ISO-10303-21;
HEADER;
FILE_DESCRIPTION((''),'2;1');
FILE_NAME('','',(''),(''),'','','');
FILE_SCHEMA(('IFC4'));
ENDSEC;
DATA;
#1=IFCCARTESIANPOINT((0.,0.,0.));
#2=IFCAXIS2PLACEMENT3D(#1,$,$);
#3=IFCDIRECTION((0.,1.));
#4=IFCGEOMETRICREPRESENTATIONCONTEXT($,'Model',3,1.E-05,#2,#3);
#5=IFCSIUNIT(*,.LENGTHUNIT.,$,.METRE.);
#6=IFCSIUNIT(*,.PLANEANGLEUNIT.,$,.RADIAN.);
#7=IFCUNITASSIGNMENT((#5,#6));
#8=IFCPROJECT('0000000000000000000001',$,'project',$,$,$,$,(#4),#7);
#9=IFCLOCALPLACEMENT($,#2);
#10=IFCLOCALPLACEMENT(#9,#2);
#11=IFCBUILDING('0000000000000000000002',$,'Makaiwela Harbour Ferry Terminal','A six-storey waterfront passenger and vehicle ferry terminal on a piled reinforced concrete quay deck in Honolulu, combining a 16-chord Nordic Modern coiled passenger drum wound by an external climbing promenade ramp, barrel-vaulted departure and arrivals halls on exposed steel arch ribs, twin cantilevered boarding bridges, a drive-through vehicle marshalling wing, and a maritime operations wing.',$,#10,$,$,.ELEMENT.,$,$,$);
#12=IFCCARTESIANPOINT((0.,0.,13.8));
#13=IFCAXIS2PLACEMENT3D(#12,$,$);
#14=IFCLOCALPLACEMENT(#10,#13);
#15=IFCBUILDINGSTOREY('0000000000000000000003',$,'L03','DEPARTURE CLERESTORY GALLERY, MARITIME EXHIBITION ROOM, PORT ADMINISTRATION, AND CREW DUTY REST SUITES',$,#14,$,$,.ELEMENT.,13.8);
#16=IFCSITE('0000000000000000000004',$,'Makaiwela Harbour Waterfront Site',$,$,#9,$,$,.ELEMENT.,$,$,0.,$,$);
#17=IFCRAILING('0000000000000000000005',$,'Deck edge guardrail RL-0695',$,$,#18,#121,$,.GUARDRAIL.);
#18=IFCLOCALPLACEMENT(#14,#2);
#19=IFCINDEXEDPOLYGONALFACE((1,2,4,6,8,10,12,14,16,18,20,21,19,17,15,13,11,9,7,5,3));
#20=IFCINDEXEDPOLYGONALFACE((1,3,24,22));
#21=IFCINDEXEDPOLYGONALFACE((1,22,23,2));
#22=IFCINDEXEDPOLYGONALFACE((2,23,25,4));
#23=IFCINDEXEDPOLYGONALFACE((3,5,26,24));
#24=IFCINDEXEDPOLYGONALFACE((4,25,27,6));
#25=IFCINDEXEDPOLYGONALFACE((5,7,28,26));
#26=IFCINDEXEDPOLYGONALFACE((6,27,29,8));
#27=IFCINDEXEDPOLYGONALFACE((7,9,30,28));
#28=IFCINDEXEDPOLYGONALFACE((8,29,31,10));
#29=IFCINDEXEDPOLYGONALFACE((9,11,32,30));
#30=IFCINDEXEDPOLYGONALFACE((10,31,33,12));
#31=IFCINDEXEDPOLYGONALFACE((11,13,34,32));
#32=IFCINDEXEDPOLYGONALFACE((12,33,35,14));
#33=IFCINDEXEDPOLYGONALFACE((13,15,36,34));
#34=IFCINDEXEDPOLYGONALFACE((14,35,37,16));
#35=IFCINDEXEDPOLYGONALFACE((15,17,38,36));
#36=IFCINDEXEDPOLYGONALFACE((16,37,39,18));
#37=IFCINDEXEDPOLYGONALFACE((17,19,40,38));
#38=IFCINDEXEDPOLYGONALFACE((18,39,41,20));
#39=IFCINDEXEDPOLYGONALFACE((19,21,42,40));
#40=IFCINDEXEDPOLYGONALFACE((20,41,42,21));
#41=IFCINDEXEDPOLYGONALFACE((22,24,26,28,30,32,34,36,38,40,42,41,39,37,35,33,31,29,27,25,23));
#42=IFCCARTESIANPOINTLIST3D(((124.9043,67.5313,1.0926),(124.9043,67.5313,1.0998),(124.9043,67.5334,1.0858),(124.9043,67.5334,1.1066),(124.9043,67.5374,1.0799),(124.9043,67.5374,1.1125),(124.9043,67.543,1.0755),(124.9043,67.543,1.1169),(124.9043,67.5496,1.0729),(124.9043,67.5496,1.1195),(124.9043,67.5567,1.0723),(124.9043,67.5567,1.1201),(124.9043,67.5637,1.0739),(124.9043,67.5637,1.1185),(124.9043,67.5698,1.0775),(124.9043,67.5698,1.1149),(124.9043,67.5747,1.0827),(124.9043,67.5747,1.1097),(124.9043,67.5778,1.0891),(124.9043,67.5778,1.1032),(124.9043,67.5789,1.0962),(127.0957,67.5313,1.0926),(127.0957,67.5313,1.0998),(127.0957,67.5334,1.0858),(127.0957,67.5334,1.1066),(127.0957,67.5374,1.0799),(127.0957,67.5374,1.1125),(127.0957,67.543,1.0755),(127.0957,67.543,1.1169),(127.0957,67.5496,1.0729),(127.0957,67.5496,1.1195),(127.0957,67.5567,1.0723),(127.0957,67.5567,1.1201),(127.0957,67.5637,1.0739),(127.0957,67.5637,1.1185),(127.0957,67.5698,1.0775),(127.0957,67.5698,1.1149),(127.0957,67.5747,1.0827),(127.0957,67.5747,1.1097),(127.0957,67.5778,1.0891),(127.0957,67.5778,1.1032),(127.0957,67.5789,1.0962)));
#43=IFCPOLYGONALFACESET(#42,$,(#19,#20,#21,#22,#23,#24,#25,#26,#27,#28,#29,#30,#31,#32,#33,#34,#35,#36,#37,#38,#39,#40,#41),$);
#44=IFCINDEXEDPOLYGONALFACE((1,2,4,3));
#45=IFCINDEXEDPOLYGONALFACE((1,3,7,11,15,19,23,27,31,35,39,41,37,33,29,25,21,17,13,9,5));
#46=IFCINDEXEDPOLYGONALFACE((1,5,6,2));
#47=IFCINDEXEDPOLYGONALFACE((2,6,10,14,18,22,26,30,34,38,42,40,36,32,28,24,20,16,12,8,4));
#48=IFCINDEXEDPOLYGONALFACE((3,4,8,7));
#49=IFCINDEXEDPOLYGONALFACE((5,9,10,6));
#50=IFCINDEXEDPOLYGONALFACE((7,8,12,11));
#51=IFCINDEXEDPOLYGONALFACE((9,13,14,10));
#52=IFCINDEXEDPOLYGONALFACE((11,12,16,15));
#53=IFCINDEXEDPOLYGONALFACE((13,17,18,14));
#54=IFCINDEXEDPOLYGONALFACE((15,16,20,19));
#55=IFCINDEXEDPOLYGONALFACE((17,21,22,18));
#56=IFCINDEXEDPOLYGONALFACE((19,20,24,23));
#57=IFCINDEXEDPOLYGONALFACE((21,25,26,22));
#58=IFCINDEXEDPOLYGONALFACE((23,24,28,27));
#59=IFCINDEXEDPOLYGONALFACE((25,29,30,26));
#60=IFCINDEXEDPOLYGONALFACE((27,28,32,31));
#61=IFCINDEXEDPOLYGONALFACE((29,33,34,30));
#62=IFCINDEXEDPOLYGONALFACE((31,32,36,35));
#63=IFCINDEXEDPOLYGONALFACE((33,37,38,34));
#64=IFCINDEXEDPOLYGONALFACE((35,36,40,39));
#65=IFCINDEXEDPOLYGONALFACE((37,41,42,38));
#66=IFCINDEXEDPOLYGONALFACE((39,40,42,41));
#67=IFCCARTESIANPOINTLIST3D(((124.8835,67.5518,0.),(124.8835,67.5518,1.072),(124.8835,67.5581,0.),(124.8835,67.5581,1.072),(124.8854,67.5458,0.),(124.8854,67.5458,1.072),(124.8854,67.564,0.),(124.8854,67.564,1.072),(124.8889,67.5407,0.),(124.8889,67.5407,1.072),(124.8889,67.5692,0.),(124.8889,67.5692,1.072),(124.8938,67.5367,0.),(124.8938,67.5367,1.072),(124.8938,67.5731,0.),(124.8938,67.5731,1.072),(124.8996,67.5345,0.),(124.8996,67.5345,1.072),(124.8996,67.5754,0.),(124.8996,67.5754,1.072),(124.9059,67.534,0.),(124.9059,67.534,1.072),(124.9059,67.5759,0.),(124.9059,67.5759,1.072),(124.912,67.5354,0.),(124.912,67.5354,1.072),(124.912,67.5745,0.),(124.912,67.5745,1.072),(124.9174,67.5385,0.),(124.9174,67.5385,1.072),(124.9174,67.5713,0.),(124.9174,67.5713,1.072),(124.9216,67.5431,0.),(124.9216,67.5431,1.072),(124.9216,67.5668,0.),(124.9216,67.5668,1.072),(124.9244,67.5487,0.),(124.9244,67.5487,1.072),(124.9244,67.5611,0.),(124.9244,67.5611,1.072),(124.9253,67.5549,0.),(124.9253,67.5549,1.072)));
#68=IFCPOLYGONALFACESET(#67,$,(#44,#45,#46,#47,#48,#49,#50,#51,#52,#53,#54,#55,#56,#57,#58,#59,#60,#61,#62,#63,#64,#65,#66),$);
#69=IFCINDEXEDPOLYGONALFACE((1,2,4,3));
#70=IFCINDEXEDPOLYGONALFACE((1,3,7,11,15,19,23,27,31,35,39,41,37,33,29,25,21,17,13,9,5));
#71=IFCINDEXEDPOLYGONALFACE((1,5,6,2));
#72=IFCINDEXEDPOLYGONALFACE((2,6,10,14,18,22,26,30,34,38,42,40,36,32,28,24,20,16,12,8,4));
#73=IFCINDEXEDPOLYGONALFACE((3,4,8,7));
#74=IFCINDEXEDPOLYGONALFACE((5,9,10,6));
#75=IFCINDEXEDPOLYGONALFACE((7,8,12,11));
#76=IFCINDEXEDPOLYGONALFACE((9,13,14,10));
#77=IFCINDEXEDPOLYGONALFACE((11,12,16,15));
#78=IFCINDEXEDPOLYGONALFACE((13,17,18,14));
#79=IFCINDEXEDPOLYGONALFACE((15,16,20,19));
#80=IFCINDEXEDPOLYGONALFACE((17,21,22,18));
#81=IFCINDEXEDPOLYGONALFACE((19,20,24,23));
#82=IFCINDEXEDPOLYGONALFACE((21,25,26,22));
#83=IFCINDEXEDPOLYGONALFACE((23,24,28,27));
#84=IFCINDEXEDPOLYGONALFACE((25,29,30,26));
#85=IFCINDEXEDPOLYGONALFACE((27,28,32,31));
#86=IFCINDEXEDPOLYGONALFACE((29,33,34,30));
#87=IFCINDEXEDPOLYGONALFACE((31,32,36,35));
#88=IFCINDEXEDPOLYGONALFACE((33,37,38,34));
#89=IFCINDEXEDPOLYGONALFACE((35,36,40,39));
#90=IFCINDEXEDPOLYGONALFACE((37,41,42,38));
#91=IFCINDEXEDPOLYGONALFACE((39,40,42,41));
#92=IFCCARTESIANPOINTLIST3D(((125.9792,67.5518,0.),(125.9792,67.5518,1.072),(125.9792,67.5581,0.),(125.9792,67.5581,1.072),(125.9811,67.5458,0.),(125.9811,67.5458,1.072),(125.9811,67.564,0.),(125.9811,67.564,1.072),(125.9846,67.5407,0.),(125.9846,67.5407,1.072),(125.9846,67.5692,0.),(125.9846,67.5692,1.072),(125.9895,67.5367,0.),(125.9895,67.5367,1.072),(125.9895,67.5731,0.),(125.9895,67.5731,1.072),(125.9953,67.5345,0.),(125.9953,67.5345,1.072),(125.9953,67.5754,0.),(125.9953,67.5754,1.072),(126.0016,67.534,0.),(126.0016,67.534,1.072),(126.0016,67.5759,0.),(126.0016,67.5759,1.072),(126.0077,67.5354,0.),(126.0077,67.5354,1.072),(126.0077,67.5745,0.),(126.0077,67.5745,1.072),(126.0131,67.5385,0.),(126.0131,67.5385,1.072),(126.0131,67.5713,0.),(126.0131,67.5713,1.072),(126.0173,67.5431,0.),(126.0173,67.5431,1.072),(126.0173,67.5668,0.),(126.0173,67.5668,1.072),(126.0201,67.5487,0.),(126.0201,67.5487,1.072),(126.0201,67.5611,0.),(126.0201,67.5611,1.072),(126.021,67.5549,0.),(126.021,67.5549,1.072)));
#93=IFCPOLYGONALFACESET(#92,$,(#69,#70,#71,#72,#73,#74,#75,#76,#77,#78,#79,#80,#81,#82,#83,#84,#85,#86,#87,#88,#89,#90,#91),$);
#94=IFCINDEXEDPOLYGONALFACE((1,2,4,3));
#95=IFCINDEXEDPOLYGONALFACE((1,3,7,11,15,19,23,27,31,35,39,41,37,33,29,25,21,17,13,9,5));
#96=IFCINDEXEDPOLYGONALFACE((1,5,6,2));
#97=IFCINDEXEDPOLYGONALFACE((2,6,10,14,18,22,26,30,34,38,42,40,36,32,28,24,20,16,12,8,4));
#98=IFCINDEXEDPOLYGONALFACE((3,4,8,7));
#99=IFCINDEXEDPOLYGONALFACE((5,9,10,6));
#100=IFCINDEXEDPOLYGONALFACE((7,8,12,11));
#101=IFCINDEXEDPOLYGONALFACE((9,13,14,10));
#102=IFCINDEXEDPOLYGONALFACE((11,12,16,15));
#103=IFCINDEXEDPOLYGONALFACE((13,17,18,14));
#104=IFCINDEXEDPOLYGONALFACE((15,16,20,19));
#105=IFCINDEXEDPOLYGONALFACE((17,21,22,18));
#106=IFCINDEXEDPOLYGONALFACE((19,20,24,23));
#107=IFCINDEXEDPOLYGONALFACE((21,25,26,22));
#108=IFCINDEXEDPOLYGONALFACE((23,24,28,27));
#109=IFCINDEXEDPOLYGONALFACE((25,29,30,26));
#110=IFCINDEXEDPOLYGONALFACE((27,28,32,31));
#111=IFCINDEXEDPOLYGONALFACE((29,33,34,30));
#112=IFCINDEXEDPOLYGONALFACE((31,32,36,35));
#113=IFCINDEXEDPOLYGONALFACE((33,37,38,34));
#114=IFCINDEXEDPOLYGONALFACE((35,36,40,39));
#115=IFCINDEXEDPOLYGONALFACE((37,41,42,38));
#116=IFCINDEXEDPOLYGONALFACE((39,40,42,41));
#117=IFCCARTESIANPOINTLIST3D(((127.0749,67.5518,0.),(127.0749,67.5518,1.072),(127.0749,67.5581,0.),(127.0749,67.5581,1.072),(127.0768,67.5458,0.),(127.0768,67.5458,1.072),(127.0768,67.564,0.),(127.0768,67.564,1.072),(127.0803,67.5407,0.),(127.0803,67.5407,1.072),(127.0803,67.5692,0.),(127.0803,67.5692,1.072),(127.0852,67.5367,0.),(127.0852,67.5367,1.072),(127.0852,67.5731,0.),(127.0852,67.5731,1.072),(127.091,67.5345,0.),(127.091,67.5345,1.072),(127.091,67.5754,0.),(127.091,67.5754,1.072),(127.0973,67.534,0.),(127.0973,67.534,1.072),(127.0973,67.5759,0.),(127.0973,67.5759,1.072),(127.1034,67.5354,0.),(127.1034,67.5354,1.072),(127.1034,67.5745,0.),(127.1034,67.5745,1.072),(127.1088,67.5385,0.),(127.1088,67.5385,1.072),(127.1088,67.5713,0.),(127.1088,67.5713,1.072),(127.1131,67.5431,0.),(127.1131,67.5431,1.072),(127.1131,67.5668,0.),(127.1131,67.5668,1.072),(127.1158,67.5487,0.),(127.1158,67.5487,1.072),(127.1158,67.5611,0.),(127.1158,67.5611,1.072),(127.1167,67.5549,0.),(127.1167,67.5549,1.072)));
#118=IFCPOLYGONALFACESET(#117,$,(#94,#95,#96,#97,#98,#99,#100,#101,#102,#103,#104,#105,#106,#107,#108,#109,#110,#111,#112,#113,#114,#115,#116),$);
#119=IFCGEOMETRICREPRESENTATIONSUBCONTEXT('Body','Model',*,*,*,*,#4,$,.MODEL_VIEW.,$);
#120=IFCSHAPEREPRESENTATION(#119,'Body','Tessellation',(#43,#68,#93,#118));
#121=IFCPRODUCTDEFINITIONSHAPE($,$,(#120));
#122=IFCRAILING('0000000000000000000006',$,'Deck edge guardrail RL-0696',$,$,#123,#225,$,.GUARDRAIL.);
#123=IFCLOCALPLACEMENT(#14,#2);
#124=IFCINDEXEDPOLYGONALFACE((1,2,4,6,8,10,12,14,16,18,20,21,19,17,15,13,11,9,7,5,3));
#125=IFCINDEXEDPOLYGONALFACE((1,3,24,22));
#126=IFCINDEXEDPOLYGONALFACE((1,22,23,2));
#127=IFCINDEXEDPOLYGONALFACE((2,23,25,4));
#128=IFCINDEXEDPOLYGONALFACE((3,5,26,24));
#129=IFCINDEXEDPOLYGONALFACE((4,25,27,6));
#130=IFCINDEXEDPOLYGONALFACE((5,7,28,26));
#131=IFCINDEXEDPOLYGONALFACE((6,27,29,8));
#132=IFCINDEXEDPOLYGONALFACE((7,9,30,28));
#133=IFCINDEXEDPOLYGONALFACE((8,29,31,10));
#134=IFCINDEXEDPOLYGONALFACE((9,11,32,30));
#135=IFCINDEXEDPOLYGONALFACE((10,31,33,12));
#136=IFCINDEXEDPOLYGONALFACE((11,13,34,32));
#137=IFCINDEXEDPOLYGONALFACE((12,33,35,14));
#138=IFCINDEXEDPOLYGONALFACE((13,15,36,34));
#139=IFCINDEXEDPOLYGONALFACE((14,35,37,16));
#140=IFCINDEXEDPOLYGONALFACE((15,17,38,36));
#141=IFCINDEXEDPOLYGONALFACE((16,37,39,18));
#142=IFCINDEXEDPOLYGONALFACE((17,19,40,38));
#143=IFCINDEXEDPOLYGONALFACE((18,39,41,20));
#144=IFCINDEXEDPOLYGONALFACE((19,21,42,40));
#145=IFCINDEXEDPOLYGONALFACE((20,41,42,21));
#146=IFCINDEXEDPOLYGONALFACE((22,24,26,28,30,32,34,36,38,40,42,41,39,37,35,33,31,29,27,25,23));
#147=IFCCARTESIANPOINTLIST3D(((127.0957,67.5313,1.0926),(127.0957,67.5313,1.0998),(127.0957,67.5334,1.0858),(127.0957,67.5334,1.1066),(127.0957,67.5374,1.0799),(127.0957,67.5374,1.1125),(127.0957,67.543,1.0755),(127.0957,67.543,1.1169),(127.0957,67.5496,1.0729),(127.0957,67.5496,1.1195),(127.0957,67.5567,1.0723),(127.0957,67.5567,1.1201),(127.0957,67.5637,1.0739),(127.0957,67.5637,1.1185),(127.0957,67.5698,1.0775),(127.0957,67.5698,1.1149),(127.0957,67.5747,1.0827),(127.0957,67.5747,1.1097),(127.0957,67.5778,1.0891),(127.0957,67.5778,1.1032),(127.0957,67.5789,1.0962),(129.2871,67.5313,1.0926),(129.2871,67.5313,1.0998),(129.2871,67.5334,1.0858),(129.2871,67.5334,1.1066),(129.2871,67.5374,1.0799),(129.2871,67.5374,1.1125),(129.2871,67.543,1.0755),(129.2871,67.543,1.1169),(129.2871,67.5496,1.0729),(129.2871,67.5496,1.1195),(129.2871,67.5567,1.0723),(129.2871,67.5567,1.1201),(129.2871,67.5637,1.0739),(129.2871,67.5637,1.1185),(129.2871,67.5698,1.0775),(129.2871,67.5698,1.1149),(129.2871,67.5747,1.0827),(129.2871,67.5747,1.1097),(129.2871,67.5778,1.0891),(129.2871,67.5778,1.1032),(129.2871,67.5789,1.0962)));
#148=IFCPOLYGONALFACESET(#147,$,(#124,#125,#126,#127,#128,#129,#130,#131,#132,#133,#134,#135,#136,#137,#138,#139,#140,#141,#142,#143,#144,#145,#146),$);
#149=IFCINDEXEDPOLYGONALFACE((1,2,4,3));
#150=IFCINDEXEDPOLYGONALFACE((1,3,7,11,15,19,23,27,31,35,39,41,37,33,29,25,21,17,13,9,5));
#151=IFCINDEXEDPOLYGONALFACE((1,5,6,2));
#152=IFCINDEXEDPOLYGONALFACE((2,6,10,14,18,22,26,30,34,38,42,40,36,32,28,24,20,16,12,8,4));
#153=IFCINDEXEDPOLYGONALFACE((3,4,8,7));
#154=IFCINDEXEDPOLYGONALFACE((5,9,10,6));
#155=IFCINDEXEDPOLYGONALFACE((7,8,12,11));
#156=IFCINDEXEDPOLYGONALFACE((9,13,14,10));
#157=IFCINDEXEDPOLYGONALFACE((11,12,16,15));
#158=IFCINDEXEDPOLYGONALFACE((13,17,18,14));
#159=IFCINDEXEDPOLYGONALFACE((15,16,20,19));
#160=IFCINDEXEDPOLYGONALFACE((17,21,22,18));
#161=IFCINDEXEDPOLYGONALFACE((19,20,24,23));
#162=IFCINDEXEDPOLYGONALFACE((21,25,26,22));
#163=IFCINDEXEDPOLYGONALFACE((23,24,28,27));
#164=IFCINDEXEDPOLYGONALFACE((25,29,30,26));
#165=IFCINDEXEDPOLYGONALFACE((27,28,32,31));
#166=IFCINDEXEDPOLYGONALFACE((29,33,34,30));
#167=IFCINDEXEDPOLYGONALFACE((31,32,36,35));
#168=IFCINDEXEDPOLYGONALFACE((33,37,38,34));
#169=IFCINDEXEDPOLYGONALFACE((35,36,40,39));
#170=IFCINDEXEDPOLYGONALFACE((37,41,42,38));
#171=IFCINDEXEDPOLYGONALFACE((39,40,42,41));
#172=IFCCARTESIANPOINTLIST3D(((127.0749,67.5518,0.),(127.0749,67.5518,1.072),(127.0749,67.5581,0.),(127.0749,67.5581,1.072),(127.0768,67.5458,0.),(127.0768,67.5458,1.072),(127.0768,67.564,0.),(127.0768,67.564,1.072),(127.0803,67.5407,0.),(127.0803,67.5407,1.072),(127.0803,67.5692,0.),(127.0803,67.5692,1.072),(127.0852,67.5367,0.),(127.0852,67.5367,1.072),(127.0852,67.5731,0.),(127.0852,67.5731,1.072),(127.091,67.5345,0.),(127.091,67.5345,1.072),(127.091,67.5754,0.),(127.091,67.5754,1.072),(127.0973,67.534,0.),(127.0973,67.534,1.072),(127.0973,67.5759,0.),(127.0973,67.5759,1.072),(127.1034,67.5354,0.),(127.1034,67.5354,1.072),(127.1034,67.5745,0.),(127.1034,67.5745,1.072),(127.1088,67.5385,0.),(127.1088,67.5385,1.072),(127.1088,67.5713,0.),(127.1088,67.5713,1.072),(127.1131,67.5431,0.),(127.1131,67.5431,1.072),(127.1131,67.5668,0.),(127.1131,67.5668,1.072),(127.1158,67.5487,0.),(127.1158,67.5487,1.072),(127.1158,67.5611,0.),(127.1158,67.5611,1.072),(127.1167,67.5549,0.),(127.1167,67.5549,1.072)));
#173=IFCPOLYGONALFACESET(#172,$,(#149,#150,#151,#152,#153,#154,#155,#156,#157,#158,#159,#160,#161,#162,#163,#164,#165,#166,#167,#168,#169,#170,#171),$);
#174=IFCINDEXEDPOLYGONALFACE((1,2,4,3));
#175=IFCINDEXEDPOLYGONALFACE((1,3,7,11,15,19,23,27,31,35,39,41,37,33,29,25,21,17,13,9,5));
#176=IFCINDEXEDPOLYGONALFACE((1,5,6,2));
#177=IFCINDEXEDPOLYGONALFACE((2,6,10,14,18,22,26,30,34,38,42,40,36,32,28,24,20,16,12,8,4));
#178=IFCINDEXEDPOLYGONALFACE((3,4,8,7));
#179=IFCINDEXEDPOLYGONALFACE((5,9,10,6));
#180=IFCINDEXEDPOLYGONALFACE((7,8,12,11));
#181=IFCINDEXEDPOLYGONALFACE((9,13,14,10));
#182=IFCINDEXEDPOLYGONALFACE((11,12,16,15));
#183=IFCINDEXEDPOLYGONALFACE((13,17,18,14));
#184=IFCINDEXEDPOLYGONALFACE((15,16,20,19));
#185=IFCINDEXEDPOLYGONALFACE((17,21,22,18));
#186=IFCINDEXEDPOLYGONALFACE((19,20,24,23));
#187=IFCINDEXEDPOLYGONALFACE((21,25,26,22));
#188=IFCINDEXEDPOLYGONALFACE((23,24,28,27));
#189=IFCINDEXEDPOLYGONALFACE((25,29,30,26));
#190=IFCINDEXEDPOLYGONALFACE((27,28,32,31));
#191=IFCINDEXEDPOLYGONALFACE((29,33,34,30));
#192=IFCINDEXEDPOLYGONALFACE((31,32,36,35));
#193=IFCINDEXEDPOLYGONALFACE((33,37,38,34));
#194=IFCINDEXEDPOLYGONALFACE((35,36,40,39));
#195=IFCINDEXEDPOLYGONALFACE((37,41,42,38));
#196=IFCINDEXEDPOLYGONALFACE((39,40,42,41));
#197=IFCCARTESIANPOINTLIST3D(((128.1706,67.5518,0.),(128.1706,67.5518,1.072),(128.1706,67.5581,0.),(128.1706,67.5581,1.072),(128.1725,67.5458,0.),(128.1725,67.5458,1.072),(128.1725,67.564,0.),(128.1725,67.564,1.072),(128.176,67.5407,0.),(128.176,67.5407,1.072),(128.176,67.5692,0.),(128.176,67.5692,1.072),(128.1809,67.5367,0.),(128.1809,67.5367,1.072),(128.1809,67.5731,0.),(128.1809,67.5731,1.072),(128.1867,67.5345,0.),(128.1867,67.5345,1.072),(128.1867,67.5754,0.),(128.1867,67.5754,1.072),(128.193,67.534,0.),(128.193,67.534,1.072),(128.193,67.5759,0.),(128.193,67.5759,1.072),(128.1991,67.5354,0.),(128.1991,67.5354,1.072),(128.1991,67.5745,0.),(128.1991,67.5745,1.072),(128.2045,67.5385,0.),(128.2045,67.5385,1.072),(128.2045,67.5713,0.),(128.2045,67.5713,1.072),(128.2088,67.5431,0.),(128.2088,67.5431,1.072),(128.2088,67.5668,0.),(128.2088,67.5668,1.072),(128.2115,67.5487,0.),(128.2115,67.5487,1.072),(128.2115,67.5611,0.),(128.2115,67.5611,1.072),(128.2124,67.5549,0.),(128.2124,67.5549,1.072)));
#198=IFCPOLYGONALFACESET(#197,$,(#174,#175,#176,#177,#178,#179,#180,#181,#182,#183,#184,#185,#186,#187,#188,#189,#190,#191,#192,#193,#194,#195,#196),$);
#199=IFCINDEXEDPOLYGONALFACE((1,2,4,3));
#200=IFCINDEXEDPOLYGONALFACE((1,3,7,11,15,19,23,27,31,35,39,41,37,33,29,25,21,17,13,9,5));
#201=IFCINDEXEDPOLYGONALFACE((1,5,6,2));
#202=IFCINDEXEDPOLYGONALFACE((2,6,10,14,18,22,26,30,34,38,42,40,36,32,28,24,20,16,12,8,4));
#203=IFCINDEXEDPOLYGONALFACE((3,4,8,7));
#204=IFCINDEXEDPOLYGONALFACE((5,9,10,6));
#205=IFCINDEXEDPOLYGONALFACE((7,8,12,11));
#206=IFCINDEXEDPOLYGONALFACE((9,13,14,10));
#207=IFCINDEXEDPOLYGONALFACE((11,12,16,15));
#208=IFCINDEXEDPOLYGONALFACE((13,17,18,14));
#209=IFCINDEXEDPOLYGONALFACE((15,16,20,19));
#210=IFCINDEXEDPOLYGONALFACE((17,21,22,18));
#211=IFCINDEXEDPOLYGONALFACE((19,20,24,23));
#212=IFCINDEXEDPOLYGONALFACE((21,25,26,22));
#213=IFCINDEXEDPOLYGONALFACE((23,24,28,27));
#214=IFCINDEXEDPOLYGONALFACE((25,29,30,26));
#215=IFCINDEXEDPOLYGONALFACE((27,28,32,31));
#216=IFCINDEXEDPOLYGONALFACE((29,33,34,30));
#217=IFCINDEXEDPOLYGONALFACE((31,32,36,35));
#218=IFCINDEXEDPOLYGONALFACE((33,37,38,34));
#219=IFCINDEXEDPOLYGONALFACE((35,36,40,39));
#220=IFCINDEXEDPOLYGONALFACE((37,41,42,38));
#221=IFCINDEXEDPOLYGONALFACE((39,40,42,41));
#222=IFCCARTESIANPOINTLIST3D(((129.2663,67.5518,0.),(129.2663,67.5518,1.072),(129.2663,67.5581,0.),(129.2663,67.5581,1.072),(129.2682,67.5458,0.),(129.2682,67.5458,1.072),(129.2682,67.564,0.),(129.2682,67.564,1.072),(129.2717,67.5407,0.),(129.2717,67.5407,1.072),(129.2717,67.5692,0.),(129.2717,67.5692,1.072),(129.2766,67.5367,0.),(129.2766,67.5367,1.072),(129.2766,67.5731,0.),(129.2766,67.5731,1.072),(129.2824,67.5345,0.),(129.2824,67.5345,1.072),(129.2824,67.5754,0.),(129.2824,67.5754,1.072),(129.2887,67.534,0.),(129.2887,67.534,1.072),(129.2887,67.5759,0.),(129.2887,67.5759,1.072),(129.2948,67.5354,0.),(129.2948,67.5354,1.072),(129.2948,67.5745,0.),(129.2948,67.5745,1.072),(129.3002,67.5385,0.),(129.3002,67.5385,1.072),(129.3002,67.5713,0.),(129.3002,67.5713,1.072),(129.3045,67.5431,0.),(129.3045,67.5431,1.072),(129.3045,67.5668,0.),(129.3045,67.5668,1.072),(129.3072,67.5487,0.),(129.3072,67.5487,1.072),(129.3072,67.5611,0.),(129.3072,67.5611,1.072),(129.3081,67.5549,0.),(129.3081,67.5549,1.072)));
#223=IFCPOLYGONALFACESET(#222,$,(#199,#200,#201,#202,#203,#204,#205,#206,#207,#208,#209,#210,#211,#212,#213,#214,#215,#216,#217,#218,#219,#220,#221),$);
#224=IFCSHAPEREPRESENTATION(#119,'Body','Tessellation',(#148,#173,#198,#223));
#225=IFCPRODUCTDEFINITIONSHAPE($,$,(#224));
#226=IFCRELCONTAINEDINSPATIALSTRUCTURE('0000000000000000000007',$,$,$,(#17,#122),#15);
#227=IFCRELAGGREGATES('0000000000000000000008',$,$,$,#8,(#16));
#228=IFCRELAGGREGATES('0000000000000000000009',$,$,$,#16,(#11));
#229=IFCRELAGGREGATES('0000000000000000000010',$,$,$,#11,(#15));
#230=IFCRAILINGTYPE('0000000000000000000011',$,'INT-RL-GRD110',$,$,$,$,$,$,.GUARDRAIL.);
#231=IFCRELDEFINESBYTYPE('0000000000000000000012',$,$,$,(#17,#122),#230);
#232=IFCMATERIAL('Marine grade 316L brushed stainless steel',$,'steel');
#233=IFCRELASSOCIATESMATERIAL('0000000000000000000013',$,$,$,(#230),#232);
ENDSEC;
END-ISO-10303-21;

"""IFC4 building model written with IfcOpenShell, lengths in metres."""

from ifc_helpers import new_model, si_unit, direction, frame, origin, origin_2d, place, context, subcontext, project, spatial, circle, extrude, material, type_object, element, save


model = new_model("IFC4")

# Units and contexts
model_context = context("Model", 3, precision=1e-05, world=origin(), true_north=direction((0.0, 1.0)))
body_context = subcontext(model_context, "Body", "Model", "MODEL_VIEW")
ifc_project = project(units=[si_unit("LENGTHUNIT", "METRE"), si_unit("PLANEANGLEUNIT", "RADIAN")], contexts=[model_context])

# Site, building, storey
site_placement = place(None, origin())
site = spatial("IfcSite", under=ifc_project, at=site_placement, Name="Makaiwela Harbour Waterfront Site", CompositionType="ELEMENT", RefElevation=0.0)
building_placement = place(site_placement, origin())
building = spatial("IfcBuilding", under=site, at=building_placement, Name="Makaiwela Harbour Ferry Terminal", Description="A six-storey waterfront passenger and vehicle ferry terminal on a piled reinforced concrete quay deck in Honolulu, combining a 16-chord Nordic Modern coiled passenger drum wound by an external climbing promenade ramp, barrel-vaulted departure and arrivals halls on exposed steel arch ribs, twin cantilevered boarding bridges, a drive-through vehicle marshalling wing, and a maritime operations wing.", CompositionType="ELEMENT")
storey_placement = place(building_placement, frame((0.0, 0.0, 13.8)))
storey = spatial("IfcBuildingStorey", under=building, at=storey_placement, Name="L03", Description="DEPARTURE CLERESTORY GALLERY, MARITIME EXHIBITION ROOM, PORT ADMINISTRATION, AND CREW DUTY REST SUITES", CompositionType="ELEMENT", Elevation=13.8)

# Railings
ifc_material_1 = material(Name="Marine grade 316L brushed stainless steel", Category="steel")
railing_type = type_object("IfcRailingType", Name="INT-RL-GRD110", PredefinedType="GUARDRAIL", material=ifc_material_1)
for number, where, name in (
    (1, (124.9043, 67.5549, 0.0), "Deck edge guardrail RL-0695"),
    (2, (127.0957, 67.5549, 0.0), "Deck edge guardrail RL-0696"),
):
    element("IfcRailing", number, at=place(storey_placement, frame(where)), inside=storey, type_object=railing_type, Name=name, PredefinedType="GUARDRAIL", context=body_context, shape_type="SweptSolid", body=[
        extrude(circle(Radius=0.0239, at=origin_2d()), frame((0.0, 0.0, 1.0962), z_axis=(1.0, 0.0, 0.0), x_axis=(0.0, 1.0, 0.0)), (0.0, 0.0, 1.0), 2.1914),
        extrude(circle(Radius=0.021, at=origin_2d()), origin(), (0.0, 0.0, 1.0), 1.072),
        extrude(circle(Radius=0.021, at=origin_2d()), frame((1.0957, 0.0, 0.0)), (0.0, 0.0, 1.0), 1.072),
        extrude(circle(Radius=0.021, at=origin_2d()), frame((2.1914, 0.0, 0.0)), (0.0, 0.0, 1.0), 1.072),
    ])

save(model, "model.ifc")
